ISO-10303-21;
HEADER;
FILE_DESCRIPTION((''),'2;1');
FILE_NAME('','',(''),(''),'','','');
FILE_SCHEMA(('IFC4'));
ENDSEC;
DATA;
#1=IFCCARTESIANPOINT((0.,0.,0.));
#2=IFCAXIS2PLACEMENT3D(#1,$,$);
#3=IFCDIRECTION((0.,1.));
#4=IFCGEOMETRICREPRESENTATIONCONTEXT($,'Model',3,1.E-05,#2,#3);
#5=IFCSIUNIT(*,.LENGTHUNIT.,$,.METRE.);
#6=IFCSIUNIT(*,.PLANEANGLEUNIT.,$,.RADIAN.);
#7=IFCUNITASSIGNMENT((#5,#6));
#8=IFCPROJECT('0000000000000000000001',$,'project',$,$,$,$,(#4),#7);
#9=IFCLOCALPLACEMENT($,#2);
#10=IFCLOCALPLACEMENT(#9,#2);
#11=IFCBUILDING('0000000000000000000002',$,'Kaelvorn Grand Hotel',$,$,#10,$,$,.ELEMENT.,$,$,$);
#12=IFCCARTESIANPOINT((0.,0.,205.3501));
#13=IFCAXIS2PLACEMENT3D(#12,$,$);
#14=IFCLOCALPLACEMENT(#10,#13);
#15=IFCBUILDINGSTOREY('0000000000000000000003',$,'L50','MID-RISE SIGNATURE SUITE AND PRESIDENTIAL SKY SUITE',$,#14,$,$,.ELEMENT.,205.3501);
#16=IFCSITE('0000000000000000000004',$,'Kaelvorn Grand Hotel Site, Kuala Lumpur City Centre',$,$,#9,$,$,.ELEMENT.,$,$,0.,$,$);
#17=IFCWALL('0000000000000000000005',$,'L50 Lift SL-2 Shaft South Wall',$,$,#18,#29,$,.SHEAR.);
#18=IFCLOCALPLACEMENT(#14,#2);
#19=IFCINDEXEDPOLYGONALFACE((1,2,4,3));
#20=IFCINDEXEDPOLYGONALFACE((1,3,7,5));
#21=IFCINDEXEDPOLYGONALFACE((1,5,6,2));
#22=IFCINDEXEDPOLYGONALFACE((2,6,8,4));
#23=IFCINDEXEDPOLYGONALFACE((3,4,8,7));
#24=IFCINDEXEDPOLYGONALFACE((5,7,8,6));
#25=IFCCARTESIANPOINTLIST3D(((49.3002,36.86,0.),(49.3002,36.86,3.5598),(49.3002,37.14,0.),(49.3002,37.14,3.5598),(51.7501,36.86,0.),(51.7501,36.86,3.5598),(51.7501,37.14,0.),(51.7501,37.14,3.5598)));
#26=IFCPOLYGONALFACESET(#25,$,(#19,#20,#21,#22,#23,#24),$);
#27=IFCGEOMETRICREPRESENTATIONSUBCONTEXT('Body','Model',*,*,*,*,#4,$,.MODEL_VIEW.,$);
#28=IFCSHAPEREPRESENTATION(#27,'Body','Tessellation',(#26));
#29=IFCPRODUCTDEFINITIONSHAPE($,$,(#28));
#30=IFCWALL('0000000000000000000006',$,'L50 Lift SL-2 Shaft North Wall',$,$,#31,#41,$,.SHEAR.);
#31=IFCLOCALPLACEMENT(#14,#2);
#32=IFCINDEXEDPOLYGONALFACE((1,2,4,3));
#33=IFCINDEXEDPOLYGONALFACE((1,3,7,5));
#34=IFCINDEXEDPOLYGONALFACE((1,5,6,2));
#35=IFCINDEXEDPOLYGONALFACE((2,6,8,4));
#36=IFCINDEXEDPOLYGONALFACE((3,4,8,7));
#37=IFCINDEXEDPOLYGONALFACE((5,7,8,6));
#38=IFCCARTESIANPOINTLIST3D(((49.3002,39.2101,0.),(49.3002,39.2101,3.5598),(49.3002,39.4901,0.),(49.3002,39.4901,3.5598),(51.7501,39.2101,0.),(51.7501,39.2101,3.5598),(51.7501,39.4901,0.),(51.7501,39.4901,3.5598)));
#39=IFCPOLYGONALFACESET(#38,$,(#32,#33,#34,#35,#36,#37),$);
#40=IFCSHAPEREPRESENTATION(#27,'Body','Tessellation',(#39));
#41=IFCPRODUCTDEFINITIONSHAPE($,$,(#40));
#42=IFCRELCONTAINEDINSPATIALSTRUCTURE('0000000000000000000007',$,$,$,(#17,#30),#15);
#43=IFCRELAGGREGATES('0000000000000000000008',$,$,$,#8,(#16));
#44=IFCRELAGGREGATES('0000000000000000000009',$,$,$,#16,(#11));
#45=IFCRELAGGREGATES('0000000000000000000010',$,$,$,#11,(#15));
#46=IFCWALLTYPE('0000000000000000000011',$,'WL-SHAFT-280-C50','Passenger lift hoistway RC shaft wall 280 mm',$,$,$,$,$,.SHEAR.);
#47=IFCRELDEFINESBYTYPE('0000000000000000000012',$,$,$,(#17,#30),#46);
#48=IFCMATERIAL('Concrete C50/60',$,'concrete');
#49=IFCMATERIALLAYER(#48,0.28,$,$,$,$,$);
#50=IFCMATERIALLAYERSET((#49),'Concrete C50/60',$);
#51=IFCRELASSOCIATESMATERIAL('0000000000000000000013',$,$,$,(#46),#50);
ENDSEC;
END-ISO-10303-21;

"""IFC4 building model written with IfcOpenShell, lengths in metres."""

from ifc_helpers import new_model, si_unit, direction, frame, frame_2d, origin, place, context, subcontext, project, spatial, rectangle, extrude, material, layer, layer_set, type_object, element, save


model = new_model("IFC4")

# Units and contexts
model_context = context("Model", 3, precision=1e-05, world=origin(), true_north=direction((0.0, 1.0)))
body_context = subcontext(model_context, "Body", "Model", "MODEL_VIEW")
ifc_project = project(units=[si_unit("LENGTHUNIT", "METRE"), si_unit("PLANEANGLEUNIT", "RADIAN")], contexts=[model_context])

# Site, building, storey
site_placement = place(None, origin())
site = spatial("IfcSite", under=ifc_project, at=site_placement, Name="Kaelvorn Grand Hotel Site, Kuala Lumpur City Centre", CompositionType="ELEMENT", RefElevation=0.0)
building_placement = place(site_placement, origin())
building = spatial("IfcBuilding", under=site, at=building_placement, Name="Kaelvorn Grand Hotel", CompositionType="ELEMENT")
storey_placement = place(building_placement, frame((0.0, 0.0, 205.3501)))
storey = spatial("IfcBuildingStorey", under=building, at=storey_placement, Name="L50", Description="MID-RISE SIGNATURE SUITE AND PRESIDENTIAL SKY SUITE", CompositionType="ELEMENT", Elevation=205.3501)

# Shared definitions
ifc_material_1 = material(Name="Concrete C50/60", Category="concrete")

# Shared definitions
ifc_layer_1 = layer(ifc_material_1, 0.28)
ifc_layer_set_1 = layer_set([ifc_layer_1], Name="Concrete C50/60")
wall_type_1 = type_object("IfcWallType", Name="WL-SHAFT-280-C50", Description="Passenger lift hoistway RC shaft wall 280 mm", PredefinedType="SHEAR", material=ifc_layer_set_1)

# Walls
for number, where, z_axis, x_axis, name in (
    (1, (49.3, 37.0, 0.0), (0.0, 0.0, 1.0), (1.0, 0.0, 0.0), "L50 Lift SL-2 Shaft South Wall"),
    (2, (49.3, 39.3501, 0.0), (0.0, 0.0, 1.0), (1.0, 0.0, 0.0), "L50 Lift SL-2 Shaft North Wall"),
):
    element("IfcWall", number, at=place(storey_placement, frame(where, z_axis=z_axis, x_axis=x_axis)), inside=storey, type_object=wall_type_1, Name=name, PredefinedType="SHEAR", context=body_context, shape_type="SweptSolid", body=[
        extrude(rectangle(XDim=2.45, YDim=0.28, at=frame_2d((1.2251, 0.0))), origin(), (0.0, 0.0, 1.0), 3.5598),
    ])

save(model, "model.ifc")
